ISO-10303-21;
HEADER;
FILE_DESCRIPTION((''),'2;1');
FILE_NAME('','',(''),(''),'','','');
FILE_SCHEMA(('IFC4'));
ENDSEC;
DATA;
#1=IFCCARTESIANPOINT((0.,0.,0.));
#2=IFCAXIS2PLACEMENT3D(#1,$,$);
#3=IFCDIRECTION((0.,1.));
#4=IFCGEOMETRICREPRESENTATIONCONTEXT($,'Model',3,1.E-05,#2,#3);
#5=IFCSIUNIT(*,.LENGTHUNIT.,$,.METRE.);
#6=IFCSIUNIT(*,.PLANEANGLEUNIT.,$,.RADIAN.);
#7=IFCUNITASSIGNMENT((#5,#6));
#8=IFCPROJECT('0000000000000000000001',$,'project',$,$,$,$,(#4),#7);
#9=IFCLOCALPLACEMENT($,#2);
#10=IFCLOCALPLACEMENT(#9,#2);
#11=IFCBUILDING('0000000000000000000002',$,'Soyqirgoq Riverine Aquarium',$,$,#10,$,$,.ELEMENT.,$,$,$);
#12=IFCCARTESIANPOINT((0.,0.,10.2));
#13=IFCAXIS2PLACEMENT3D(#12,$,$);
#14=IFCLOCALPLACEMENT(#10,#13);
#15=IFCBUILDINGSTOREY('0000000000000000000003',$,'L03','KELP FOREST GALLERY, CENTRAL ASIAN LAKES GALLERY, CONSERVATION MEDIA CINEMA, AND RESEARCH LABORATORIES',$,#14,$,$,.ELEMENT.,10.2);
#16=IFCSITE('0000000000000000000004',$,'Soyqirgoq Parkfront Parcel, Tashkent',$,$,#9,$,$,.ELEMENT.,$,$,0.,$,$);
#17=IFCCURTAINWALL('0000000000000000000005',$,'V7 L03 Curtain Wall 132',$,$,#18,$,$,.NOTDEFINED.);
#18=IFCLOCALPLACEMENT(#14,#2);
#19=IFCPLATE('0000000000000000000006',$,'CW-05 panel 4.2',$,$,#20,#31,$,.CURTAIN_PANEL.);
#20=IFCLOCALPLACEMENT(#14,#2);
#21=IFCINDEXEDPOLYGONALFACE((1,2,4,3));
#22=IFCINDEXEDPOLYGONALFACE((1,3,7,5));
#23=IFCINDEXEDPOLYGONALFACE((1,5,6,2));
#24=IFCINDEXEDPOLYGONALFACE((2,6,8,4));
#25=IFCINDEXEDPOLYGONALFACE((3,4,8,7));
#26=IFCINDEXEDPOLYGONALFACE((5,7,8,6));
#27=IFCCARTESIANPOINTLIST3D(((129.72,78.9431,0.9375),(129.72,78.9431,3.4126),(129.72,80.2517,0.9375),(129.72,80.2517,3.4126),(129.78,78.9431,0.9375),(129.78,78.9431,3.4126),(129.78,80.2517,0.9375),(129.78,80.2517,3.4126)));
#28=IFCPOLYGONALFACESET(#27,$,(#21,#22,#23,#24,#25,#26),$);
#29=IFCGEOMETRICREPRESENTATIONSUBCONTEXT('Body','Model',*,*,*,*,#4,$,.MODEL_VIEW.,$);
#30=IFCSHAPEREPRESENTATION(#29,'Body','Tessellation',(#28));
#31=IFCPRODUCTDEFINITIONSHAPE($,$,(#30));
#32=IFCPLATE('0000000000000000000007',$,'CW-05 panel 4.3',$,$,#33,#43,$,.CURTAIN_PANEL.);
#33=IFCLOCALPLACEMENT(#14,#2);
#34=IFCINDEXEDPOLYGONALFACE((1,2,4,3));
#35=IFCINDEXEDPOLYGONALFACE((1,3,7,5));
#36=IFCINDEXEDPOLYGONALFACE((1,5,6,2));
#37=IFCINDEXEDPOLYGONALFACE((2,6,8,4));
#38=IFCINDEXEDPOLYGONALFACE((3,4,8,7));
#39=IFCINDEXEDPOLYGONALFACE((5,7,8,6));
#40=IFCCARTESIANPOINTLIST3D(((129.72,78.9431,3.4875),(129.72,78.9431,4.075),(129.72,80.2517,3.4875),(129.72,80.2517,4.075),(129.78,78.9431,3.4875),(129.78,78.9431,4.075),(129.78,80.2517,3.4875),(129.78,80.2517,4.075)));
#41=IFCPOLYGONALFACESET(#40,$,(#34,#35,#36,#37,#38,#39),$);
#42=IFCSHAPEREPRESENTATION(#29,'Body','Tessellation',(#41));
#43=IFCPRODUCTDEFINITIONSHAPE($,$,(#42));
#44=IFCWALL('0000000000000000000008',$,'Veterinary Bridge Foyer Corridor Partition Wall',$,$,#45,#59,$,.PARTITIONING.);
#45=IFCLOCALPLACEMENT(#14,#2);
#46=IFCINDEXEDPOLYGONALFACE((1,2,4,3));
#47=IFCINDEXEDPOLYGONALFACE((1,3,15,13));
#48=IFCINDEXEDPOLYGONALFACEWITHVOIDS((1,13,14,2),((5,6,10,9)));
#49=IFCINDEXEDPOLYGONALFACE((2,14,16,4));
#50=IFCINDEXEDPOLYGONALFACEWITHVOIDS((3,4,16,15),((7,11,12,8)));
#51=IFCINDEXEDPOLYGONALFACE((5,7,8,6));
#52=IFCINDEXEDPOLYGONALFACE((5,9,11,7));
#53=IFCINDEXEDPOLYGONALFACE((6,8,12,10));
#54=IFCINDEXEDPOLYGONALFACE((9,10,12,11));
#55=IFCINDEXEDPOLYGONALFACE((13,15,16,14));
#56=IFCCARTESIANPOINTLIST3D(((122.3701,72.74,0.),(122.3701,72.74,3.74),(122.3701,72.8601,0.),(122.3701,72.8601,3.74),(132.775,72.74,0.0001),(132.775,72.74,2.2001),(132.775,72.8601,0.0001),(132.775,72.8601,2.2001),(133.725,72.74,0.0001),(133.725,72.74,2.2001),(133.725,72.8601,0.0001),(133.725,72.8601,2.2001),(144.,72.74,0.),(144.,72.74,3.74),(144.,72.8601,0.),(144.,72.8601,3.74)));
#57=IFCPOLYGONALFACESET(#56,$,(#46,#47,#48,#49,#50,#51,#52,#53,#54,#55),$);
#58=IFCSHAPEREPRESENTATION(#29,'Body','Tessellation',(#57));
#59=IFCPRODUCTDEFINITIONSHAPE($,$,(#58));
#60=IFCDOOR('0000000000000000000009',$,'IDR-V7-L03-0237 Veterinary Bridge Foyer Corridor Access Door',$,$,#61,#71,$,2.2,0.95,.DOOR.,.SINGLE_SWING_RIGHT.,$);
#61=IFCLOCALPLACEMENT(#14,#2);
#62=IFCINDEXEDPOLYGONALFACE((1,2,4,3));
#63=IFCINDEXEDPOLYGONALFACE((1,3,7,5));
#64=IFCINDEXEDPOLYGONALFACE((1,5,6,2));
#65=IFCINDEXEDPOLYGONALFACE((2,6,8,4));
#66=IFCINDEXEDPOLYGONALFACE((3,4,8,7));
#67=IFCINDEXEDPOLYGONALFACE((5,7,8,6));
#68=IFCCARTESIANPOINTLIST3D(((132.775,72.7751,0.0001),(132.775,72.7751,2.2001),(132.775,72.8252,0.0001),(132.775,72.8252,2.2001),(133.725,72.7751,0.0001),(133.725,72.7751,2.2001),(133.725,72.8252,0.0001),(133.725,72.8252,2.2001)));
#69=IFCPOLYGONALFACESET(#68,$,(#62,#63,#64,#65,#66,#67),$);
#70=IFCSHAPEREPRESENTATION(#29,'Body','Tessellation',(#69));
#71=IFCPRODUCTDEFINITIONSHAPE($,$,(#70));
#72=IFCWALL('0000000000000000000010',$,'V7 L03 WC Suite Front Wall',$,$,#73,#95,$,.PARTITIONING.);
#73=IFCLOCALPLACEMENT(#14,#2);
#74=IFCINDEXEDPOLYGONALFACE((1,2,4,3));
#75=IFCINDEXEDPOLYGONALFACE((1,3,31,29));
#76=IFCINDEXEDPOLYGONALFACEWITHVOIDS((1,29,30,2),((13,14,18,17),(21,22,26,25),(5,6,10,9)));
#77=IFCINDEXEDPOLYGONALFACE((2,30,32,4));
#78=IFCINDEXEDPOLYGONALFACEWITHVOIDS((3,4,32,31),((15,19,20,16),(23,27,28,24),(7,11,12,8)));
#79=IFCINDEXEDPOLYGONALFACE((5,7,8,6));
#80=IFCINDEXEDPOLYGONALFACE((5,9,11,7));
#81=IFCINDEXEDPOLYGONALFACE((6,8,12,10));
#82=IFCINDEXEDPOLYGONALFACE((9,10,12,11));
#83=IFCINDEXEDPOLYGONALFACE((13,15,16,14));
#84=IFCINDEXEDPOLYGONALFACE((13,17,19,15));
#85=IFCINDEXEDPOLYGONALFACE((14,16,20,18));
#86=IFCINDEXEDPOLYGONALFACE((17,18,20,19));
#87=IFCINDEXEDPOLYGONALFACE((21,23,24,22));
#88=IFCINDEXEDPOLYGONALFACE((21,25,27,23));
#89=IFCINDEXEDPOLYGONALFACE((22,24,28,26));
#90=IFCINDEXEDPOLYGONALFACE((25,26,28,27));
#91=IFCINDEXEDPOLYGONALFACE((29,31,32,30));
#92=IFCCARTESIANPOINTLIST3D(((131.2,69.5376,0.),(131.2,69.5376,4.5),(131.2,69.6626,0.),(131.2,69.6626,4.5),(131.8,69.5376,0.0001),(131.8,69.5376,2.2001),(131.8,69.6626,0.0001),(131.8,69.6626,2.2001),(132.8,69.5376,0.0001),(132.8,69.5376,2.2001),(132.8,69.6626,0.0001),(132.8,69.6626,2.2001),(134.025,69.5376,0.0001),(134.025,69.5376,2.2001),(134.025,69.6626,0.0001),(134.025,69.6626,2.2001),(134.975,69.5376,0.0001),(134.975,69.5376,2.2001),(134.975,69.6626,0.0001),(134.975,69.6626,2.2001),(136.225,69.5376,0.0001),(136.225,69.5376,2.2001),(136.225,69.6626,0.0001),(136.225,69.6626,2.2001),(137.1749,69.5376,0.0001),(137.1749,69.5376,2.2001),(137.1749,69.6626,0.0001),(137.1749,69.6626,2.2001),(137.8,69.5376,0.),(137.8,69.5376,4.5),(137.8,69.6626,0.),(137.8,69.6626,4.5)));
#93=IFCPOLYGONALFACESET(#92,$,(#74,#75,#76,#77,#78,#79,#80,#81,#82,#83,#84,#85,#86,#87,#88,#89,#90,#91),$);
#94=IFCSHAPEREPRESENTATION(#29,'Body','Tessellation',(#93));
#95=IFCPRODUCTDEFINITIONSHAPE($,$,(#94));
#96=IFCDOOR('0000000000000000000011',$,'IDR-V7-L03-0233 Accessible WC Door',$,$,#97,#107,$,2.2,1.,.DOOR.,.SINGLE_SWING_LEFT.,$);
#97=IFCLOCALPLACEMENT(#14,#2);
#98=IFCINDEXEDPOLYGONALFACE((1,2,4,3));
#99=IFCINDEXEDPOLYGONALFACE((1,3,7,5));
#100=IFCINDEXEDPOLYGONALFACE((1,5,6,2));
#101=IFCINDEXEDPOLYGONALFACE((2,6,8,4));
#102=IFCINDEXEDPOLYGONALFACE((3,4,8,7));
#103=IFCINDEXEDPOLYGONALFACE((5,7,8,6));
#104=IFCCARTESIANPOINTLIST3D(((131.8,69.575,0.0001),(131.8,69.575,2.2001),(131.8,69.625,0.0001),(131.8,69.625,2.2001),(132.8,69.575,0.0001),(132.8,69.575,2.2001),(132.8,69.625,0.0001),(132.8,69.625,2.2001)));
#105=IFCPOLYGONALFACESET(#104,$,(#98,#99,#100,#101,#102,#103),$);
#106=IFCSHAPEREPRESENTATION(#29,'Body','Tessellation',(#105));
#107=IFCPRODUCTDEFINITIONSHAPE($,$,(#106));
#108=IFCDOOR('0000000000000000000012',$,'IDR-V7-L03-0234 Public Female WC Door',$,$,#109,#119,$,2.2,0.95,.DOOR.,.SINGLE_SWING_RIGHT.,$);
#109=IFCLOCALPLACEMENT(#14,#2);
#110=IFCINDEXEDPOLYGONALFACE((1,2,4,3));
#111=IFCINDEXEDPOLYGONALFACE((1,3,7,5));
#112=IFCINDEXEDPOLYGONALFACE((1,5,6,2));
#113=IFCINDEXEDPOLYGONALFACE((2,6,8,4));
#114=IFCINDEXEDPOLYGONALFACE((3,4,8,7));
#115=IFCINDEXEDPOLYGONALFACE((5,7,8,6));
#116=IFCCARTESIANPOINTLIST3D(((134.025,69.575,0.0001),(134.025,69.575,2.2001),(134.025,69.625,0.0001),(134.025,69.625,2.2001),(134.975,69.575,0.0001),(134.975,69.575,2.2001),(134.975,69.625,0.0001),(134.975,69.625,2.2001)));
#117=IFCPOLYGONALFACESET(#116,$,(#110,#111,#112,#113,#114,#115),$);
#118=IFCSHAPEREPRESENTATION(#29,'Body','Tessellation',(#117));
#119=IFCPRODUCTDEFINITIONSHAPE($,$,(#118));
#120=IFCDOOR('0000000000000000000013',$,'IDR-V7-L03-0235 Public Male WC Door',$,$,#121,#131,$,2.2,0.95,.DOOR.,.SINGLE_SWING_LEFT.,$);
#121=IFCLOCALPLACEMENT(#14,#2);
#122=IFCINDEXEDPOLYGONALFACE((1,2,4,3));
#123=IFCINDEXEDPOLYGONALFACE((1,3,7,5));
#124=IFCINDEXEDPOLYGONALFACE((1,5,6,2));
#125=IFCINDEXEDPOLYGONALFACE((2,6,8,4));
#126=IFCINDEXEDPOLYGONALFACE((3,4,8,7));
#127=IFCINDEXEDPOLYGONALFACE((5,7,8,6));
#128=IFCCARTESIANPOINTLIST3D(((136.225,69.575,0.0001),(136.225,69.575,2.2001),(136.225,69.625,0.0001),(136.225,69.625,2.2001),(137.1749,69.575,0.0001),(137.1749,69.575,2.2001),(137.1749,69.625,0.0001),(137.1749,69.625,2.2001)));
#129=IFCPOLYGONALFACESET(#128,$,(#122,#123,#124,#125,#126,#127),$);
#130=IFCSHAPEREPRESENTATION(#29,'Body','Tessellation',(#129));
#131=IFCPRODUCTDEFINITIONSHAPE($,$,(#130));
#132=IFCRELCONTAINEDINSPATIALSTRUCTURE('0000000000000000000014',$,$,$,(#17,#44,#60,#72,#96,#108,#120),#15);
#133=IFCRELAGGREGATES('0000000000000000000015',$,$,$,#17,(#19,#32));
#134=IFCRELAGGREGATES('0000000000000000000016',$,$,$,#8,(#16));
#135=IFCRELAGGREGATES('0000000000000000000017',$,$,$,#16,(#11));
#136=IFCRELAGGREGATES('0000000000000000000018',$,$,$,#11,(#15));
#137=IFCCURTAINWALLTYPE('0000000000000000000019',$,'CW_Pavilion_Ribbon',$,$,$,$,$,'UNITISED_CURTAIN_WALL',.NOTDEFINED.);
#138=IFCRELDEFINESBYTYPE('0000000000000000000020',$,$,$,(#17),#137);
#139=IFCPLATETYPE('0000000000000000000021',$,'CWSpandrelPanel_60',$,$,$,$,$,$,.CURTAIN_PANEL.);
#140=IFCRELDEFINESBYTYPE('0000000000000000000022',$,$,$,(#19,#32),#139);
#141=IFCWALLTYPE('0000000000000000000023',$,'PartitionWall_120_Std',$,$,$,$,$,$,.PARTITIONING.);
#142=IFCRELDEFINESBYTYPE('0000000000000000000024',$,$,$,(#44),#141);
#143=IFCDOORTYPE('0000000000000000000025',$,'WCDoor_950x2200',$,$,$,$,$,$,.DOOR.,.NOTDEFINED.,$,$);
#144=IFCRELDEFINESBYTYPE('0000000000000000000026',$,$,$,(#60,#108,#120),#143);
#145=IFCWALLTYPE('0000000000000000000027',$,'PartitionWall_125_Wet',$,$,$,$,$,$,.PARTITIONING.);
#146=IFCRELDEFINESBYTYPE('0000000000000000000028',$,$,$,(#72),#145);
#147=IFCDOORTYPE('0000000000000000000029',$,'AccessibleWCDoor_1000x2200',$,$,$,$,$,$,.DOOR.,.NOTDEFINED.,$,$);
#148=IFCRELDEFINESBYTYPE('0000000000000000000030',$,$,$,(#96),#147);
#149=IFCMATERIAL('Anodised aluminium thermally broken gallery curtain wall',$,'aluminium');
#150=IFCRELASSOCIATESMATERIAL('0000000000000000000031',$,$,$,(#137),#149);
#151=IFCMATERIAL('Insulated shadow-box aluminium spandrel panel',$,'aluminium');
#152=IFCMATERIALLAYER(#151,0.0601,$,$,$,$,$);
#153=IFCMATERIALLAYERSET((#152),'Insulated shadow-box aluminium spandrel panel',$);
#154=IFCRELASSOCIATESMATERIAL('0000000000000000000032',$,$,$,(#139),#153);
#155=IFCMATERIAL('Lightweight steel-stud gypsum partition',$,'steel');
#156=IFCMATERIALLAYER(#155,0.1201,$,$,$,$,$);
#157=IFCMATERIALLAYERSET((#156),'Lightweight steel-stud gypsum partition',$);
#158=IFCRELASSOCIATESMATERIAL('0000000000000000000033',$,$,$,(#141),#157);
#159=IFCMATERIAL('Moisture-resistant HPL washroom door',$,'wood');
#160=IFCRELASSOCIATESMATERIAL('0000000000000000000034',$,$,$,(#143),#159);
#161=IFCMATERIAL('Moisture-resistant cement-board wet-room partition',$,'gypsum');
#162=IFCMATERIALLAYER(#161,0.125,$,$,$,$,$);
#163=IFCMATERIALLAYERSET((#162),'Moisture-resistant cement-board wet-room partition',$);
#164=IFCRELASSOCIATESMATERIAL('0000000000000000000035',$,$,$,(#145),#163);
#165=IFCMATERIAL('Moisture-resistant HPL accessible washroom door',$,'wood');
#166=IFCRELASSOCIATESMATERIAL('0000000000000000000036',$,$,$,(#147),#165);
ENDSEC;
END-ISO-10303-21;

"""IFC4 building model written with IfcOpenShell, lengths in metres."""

from ifc_helpers import new_model, si_unit, direction, frame, frame_2d, origin, origin_2d, place, context, subcontext, project, spatial, rectangle, extrude, material, layer, layer_set, type_object, element, fill, aggregate, save


model = new_model("IFC4")

# Units and contexts
model_context = context("Model", 3, precision=1e-05, world=origin(), true_north=direction((0.0, 1.0)))
body_context = subcontext(model_context, "Body", "Model", "MODEL_VIEW")
ifc_project = project(units=[si_unit("LENGTHUNIT", "METRE"), si_unit("PLANEANGLEUNIT", "RADIAN")], contexts=[model_context])

# Site, building, storey
site_placement = place(None, origin())
site = spatial("IfcSite", under=ifc_project, at=site_placement, Name="Soyqirgoq Parkfront Parcel, Tashkent", CompositionType="ELEMENT", RefElevation=0.0)
building_placement = place(site_placement, origin())
building = spatial("IfcBuilding", under=site, at=building_placement, Name="Soyqirgoq Riverine Aquarium", CompositionType="ELEMENT")
storey_placement = place(building_placement, frame((0.0, 0.0, 10.2)))
storey = spatial("IfcBuildingStorey", under=building, at=storey_placement, Name="L03", Description="KELP FOREST GALLERY, CENTRAL ASIAN LAKES GALLERY, CONSERVATION MEDIA CINEMA, AND RESEARCH LABORATORIES", CompositionType="ELEMENT", Elevation=10.2)

# Curtain wall
ifc_material_1 = material(Name="Anodised aluminium thermally broken gallery curtain wall", Category="aluminium")
curtain_wall_type = type_object("IfcCurtainWallType", Name="CW_Pavilion_Ribbon", ElementType="UNITISED_CURTAIN_WALL", PredefinedType="NOTDEFINED", material=ifc_material_1)
curtain_wall_placement = place(storey_placement, origin())
curtain_wall = element("IfcCurtainWall", 1, at=curtain_wall_placement, inside=storey, type_object=curtain_wall_type, Name="V7 L03 Curtain Wall 132", PredefinedType="NOTDEFINED")

# Plates
ifc_material_2 = material(Name="Insulated shadow-box aluminium spandrel panel", Category="aluminium")
ifc_layer_1 = layer(ifc_material_2, 0.0601)
ifc_layer_set_1 = layer_set([ifc_layer_1], Name="Insulated shadow-box aluminium spandrel panel")
plate_type = type_object("IfcPlateType", Name="CWSpandrelPanel_60", PredefinedType="CURTAIN_PANEL", material=ifc_layer_set_1)
plate_1_placement = place(storey_placement, frame((129.75, 79.5974, 0.9375), z_axis=(0.0, 0.0, 1.0), x_axis=(0.0, -1.0, 0.0)))
plate_1 = element("IfcPlate", 2, at=plate_1_placement, type_object=plate_type, Name="CW-05 panel 4.2", PredefinedType="CURTAIN_PANEL", context=body_context, shape_type="SweptSolid", body=[
    extrude(rectangle(XDim=1.3086, YDim=0.0601, at=origin_2d()), origin(), (0.0, 0.0, 1.0), 2.4751),
])
plate_2_placement = place(storey_placement, frame((129.75, 79.5974, 3.4875), z_axis=(0.0, 0.0, 1.0), x_axis=(0.0, -1.0, 0.0)))
plate_2 = element("IfcPlate", 3, at=plate_2_placement, type_object=plate_type, Name="CW-05 panel 4.3", PredefinedType="CURTAIN_PANEL", context=body_context, shape_type="SweptSolid", body=[
    extrude(rectangle(XDim=1.3086, YDim=0.0601, at=origin_2d()), origin(), (0.0, 0.0, 1.0), 0.5874),
])
aggregate(curtain_wall, [plate_1, plate_2])

# Wall, opening, door
ifc_material_3 = material(Name="Lightweight steel-stud gypsum partition", Category="steel")
ifc_layer_2 = layer(ifc_material_3, 0.1201)
ifc_layer_set_2 = layer_set([ifc_layer_2], Name="Lightweight steel-stud gypsum partition")
wall_type_1 = type_object("IfcWallType", Name="PartitionWall_120_Std", PredefinedType="PARTITIONING", material=ifc_layer_set_2)
wall_1_placement = place(storey_placement, frame((144.0, 72.8, 0.0), z_axis=(0.0, 0.0, 1.0), x_axis=(-1.0, 0.0, 0.0)))
wall_1 = element("IfcWall", 4, at=wall_1_placement, inside=storey, type_object=wall_type_1, Name="Veterinary Bridge Foyer Corridor Partition Wall", PredefinedType="PARTITIONING", context=body_context, shape_type="SweptSolid", body=[
    extrude(rectangle(XDim=21.6299, YDim=0.1201, at=frame_2d((10.8149, 0.0))), origin(), (0.0, 0.0, 1.0), 3.74),
])
opening_1_placement = place(wall_1_placement, frame((10.2749, 0.0, 0.0)))
opening_1 = element("IfcOpeningElement", 5, at=opening_1_placement, cuts=wall_1, PredefinedType="OPENING", context=body_context, shape_type="SweptSolid", body=[
    extrude(rectangle(XDim=0.95, YDim=2.2, at=frame_2d((0.4751, 1.1001))), frame((0.0, 0.0701, 0.0), z_axis=(0.0, -1.0, 0.0), x_axis=(1.0, 0.0, 0.0)), (0.0, 0.0, 1.0), 0.1401),
])
ifc_material_4 = material(Name="Moisture-resistant HPL washroom door", Category="wood")
door_type_1 = type_object("IfcDoorType", Name="WCDoor_950x2200", OperationType="NOTDEFINED", PredefinedType="DOOR", material=ifc_material_4)
door_1_placement = place(opening_1_placement, origin())
door_1 = element("IfcDoor", 6, at=door_1_placement, inside=storey, type_object=door_type_1, Name="IDR-V7-L03-0237 Veterinary Bridge Foyer Corridor Access Door", OperationType="SINGLE_SWING_RIGHT", OverallHeight=2.2, OverallWidth=0.95, PredefinedType="DOOR", context=body_context, shape_type="SweptSolid", body=[
    extrude(rectangle(XDim=0.95, YDim=2.2, at=frame_2d((0.4751, 1.1001))), frame((0.0, 0.0249, 0.0), z_axis=(0.0, -1.0, 0.0), x_axis=(1.0, 0.0, 0.0)), (0.0, 0.0, 1.0), 0.05),
])
fill(opening_1, door_1)

# Wall, openings, doors
ifc_material_5 = material(Name="Moisture-resistant cement-board wet-room partition", Category="gypsum")
ifc_layer_3 = layer(ifc_material_5, 0.125)
ifc_layer_set_3 = layer_set([ifc_layer_3], Name="Moisture-resistant cement-board wet-room partition")
wall_type_2 = type_object("IfcWallType", Name="PartitionWall_125_Wet", PredefinedType="PARTITIONING", material=ifc_layer_set_3)
wall_2_placement = place(storey_placement, frame((131.2, 69.6001, 0.0), z_axis=(0.0, 0.0, 1.0), x_axis=(1.0, 0.0, 0.0)))
wall_2 = element("IfcWall", 7, at=wall_2_placement, inside=storey, type_object=wall_type_2, Name="V7 L03 WC Suite Front Wall", PredefinedType="PARTITIONING", context=body_context, shape_type="SweptSolid", body=[
    extrude(rectangle(XDim=6.6001, YDim=0.125, at=frame_2d((3.3, 0.0))), origin(), (0.0, 0.0, 1.0), 4.5),
])
opening_2_placement = place(wall_2_placement, frame((0.6001, 0.0, 0.0)))
opening_2 = element("IfcOpeningElement", 8, at=opening_2_placement, cuts=wall_2, PredefinedType="OPENING", context=body_context, shape_type="SweptSolid", body=[
    extrude(rectangle(XDim=1.0, YDim=2.2, at=frame_2d((0.5, 1.1001))), frame((0.0, 0.0725, 0.0), z_axis=(0.0, -1.0, 0.0), x_axis=(1.0, 0.0, 0.0)), (0.0, 0.0, 1.0), 0.145),
])
opening_3_placement = place(wall_2_placement, frame((2.825, 0.0, 0.0)))
opening_3 = element("IfcOpeningElement", 9, at=opening_3_placement, cuts=wall_2, PredefinedType="OPENING", context=body_context, shape_type="SweptSolid", body=[
    extrude(rectangle(XDim=0.95, YDim=2.2, at=frame_2d((0.4751, 1.1001))), frame((0.0, 0.0725, 0.0), z_axis=(0.0, -1.0, 0.0), x_axis=(1.0, 0.0, 0.0)), (0.0, 0.0, 1.0), 0.145),
])
opening_4_placement = place(wall_2_placement, frame((5.0249, 0.0, 0.0)))
opening_4 = element("IfcOpeningElement", 10, at=opening_4_placement, cuts=wall_2, PredefinedType="OPENING", context=body_context, shape_type="SweptSolid", body=[
    extrude(rectangle(XDim=0.95, YDim=2.2, at=frame_2d((0.4751, 1.1001))), frame((0.0, 0.0725, 0.0), z_axis=(0.0, -1.0, 0.0), x_axis=(1.0, 0.0, 0.0)), (0.0, 0.0, 1.0), 0.145),
])
ifc_material_6 = material(Name="Moisture-resistant HPL accessible washroom door", Category="wood")
door_type_2 = type_object("IfcDoorType", Name="AccessibleWCDoor_1000x2200", OperationType="NOTDEFINED", PredefinedType="DOOR", material=ifc_material_6)
door_2_placement = place(opening_2_placement, origin())
door_2 = element("IfcDoor", 11, at=door_2_placement, inside=storey, type_object=door_type_2, Name="IDR-V7-L03-0233 Accessible WC Door", OperationType="SINGLE_SWING_LEFT", OverallHeight=2.2, OverallWidth=1.0, PredefinedType="DOOR", context=body_context, shape_type="SweptSolid", body=[
    extrude(rectangle(XDim=1.0, YDim=2.2, at=frame_2d((0.5, 1.1001))), frame((0.0, 0.0249, 0.0), z_axis=(0.0, -1.0, 0.0), x_axis=(1.0, 0.0, 0.0)), (0.0, 0.0, 1.0), 0.05),
])
fill(opening_2, door_2)
door_3_placement = place(opening_3_placement, origin())
door_3 = element("IfcDoor", 12, at=door_3_placement, inside=storey, type_object=door_type_1, Name="IDR-V7-L03-0234 Public Female WC Door", OperationType="SINGLE_SWING_RIGHT", OverallHeight=2.2, OverallWidth=0.95, PredefinedType="DOOR", context=body_context, shape_type="SweptSolid", body=[
    extrude(rectangle(XDim=0.95, YDim=2.2, at=frame_2d((0.4751, 1.1001))), frame((0.0, 0.0249, 0.0), z_axis=(0.0, -1.0, 0.0), x_axis=(1.0, 0.0, 0.0)), (0.0, 0.0, 1.0), 0.05),
])
fill(opening_3, door_3)
door_4_placement = place(opening_4_placement, origin())
door_4 = element("IfcDoor", 13, at=door_4_placement, inside=storey, type_object=door_type_1, Name="IDR-V7-L03-0235 Public Male WC Door", OperationType="SINGLE_SWING_LEFT", OverallHeight=2.2, OverallWidth=0.95, PredefinedType="DOOR", context=body_context, shape_type="SweptSolid", body=[
    extrude(rectangle(XDim=0.95, YDim=2.2, at=frame_2d((0.4751, 1.1001))), frame((0.0, 0.0249, 0.0), z_axis=(0.0, -1.0, 0.0), x_axis=(1.0, 0.0, 0.0)), (0.0, 0.0, 1.0), 0.05),
])
fill(opening_4, door_4)

save(model, "model.ifc")
